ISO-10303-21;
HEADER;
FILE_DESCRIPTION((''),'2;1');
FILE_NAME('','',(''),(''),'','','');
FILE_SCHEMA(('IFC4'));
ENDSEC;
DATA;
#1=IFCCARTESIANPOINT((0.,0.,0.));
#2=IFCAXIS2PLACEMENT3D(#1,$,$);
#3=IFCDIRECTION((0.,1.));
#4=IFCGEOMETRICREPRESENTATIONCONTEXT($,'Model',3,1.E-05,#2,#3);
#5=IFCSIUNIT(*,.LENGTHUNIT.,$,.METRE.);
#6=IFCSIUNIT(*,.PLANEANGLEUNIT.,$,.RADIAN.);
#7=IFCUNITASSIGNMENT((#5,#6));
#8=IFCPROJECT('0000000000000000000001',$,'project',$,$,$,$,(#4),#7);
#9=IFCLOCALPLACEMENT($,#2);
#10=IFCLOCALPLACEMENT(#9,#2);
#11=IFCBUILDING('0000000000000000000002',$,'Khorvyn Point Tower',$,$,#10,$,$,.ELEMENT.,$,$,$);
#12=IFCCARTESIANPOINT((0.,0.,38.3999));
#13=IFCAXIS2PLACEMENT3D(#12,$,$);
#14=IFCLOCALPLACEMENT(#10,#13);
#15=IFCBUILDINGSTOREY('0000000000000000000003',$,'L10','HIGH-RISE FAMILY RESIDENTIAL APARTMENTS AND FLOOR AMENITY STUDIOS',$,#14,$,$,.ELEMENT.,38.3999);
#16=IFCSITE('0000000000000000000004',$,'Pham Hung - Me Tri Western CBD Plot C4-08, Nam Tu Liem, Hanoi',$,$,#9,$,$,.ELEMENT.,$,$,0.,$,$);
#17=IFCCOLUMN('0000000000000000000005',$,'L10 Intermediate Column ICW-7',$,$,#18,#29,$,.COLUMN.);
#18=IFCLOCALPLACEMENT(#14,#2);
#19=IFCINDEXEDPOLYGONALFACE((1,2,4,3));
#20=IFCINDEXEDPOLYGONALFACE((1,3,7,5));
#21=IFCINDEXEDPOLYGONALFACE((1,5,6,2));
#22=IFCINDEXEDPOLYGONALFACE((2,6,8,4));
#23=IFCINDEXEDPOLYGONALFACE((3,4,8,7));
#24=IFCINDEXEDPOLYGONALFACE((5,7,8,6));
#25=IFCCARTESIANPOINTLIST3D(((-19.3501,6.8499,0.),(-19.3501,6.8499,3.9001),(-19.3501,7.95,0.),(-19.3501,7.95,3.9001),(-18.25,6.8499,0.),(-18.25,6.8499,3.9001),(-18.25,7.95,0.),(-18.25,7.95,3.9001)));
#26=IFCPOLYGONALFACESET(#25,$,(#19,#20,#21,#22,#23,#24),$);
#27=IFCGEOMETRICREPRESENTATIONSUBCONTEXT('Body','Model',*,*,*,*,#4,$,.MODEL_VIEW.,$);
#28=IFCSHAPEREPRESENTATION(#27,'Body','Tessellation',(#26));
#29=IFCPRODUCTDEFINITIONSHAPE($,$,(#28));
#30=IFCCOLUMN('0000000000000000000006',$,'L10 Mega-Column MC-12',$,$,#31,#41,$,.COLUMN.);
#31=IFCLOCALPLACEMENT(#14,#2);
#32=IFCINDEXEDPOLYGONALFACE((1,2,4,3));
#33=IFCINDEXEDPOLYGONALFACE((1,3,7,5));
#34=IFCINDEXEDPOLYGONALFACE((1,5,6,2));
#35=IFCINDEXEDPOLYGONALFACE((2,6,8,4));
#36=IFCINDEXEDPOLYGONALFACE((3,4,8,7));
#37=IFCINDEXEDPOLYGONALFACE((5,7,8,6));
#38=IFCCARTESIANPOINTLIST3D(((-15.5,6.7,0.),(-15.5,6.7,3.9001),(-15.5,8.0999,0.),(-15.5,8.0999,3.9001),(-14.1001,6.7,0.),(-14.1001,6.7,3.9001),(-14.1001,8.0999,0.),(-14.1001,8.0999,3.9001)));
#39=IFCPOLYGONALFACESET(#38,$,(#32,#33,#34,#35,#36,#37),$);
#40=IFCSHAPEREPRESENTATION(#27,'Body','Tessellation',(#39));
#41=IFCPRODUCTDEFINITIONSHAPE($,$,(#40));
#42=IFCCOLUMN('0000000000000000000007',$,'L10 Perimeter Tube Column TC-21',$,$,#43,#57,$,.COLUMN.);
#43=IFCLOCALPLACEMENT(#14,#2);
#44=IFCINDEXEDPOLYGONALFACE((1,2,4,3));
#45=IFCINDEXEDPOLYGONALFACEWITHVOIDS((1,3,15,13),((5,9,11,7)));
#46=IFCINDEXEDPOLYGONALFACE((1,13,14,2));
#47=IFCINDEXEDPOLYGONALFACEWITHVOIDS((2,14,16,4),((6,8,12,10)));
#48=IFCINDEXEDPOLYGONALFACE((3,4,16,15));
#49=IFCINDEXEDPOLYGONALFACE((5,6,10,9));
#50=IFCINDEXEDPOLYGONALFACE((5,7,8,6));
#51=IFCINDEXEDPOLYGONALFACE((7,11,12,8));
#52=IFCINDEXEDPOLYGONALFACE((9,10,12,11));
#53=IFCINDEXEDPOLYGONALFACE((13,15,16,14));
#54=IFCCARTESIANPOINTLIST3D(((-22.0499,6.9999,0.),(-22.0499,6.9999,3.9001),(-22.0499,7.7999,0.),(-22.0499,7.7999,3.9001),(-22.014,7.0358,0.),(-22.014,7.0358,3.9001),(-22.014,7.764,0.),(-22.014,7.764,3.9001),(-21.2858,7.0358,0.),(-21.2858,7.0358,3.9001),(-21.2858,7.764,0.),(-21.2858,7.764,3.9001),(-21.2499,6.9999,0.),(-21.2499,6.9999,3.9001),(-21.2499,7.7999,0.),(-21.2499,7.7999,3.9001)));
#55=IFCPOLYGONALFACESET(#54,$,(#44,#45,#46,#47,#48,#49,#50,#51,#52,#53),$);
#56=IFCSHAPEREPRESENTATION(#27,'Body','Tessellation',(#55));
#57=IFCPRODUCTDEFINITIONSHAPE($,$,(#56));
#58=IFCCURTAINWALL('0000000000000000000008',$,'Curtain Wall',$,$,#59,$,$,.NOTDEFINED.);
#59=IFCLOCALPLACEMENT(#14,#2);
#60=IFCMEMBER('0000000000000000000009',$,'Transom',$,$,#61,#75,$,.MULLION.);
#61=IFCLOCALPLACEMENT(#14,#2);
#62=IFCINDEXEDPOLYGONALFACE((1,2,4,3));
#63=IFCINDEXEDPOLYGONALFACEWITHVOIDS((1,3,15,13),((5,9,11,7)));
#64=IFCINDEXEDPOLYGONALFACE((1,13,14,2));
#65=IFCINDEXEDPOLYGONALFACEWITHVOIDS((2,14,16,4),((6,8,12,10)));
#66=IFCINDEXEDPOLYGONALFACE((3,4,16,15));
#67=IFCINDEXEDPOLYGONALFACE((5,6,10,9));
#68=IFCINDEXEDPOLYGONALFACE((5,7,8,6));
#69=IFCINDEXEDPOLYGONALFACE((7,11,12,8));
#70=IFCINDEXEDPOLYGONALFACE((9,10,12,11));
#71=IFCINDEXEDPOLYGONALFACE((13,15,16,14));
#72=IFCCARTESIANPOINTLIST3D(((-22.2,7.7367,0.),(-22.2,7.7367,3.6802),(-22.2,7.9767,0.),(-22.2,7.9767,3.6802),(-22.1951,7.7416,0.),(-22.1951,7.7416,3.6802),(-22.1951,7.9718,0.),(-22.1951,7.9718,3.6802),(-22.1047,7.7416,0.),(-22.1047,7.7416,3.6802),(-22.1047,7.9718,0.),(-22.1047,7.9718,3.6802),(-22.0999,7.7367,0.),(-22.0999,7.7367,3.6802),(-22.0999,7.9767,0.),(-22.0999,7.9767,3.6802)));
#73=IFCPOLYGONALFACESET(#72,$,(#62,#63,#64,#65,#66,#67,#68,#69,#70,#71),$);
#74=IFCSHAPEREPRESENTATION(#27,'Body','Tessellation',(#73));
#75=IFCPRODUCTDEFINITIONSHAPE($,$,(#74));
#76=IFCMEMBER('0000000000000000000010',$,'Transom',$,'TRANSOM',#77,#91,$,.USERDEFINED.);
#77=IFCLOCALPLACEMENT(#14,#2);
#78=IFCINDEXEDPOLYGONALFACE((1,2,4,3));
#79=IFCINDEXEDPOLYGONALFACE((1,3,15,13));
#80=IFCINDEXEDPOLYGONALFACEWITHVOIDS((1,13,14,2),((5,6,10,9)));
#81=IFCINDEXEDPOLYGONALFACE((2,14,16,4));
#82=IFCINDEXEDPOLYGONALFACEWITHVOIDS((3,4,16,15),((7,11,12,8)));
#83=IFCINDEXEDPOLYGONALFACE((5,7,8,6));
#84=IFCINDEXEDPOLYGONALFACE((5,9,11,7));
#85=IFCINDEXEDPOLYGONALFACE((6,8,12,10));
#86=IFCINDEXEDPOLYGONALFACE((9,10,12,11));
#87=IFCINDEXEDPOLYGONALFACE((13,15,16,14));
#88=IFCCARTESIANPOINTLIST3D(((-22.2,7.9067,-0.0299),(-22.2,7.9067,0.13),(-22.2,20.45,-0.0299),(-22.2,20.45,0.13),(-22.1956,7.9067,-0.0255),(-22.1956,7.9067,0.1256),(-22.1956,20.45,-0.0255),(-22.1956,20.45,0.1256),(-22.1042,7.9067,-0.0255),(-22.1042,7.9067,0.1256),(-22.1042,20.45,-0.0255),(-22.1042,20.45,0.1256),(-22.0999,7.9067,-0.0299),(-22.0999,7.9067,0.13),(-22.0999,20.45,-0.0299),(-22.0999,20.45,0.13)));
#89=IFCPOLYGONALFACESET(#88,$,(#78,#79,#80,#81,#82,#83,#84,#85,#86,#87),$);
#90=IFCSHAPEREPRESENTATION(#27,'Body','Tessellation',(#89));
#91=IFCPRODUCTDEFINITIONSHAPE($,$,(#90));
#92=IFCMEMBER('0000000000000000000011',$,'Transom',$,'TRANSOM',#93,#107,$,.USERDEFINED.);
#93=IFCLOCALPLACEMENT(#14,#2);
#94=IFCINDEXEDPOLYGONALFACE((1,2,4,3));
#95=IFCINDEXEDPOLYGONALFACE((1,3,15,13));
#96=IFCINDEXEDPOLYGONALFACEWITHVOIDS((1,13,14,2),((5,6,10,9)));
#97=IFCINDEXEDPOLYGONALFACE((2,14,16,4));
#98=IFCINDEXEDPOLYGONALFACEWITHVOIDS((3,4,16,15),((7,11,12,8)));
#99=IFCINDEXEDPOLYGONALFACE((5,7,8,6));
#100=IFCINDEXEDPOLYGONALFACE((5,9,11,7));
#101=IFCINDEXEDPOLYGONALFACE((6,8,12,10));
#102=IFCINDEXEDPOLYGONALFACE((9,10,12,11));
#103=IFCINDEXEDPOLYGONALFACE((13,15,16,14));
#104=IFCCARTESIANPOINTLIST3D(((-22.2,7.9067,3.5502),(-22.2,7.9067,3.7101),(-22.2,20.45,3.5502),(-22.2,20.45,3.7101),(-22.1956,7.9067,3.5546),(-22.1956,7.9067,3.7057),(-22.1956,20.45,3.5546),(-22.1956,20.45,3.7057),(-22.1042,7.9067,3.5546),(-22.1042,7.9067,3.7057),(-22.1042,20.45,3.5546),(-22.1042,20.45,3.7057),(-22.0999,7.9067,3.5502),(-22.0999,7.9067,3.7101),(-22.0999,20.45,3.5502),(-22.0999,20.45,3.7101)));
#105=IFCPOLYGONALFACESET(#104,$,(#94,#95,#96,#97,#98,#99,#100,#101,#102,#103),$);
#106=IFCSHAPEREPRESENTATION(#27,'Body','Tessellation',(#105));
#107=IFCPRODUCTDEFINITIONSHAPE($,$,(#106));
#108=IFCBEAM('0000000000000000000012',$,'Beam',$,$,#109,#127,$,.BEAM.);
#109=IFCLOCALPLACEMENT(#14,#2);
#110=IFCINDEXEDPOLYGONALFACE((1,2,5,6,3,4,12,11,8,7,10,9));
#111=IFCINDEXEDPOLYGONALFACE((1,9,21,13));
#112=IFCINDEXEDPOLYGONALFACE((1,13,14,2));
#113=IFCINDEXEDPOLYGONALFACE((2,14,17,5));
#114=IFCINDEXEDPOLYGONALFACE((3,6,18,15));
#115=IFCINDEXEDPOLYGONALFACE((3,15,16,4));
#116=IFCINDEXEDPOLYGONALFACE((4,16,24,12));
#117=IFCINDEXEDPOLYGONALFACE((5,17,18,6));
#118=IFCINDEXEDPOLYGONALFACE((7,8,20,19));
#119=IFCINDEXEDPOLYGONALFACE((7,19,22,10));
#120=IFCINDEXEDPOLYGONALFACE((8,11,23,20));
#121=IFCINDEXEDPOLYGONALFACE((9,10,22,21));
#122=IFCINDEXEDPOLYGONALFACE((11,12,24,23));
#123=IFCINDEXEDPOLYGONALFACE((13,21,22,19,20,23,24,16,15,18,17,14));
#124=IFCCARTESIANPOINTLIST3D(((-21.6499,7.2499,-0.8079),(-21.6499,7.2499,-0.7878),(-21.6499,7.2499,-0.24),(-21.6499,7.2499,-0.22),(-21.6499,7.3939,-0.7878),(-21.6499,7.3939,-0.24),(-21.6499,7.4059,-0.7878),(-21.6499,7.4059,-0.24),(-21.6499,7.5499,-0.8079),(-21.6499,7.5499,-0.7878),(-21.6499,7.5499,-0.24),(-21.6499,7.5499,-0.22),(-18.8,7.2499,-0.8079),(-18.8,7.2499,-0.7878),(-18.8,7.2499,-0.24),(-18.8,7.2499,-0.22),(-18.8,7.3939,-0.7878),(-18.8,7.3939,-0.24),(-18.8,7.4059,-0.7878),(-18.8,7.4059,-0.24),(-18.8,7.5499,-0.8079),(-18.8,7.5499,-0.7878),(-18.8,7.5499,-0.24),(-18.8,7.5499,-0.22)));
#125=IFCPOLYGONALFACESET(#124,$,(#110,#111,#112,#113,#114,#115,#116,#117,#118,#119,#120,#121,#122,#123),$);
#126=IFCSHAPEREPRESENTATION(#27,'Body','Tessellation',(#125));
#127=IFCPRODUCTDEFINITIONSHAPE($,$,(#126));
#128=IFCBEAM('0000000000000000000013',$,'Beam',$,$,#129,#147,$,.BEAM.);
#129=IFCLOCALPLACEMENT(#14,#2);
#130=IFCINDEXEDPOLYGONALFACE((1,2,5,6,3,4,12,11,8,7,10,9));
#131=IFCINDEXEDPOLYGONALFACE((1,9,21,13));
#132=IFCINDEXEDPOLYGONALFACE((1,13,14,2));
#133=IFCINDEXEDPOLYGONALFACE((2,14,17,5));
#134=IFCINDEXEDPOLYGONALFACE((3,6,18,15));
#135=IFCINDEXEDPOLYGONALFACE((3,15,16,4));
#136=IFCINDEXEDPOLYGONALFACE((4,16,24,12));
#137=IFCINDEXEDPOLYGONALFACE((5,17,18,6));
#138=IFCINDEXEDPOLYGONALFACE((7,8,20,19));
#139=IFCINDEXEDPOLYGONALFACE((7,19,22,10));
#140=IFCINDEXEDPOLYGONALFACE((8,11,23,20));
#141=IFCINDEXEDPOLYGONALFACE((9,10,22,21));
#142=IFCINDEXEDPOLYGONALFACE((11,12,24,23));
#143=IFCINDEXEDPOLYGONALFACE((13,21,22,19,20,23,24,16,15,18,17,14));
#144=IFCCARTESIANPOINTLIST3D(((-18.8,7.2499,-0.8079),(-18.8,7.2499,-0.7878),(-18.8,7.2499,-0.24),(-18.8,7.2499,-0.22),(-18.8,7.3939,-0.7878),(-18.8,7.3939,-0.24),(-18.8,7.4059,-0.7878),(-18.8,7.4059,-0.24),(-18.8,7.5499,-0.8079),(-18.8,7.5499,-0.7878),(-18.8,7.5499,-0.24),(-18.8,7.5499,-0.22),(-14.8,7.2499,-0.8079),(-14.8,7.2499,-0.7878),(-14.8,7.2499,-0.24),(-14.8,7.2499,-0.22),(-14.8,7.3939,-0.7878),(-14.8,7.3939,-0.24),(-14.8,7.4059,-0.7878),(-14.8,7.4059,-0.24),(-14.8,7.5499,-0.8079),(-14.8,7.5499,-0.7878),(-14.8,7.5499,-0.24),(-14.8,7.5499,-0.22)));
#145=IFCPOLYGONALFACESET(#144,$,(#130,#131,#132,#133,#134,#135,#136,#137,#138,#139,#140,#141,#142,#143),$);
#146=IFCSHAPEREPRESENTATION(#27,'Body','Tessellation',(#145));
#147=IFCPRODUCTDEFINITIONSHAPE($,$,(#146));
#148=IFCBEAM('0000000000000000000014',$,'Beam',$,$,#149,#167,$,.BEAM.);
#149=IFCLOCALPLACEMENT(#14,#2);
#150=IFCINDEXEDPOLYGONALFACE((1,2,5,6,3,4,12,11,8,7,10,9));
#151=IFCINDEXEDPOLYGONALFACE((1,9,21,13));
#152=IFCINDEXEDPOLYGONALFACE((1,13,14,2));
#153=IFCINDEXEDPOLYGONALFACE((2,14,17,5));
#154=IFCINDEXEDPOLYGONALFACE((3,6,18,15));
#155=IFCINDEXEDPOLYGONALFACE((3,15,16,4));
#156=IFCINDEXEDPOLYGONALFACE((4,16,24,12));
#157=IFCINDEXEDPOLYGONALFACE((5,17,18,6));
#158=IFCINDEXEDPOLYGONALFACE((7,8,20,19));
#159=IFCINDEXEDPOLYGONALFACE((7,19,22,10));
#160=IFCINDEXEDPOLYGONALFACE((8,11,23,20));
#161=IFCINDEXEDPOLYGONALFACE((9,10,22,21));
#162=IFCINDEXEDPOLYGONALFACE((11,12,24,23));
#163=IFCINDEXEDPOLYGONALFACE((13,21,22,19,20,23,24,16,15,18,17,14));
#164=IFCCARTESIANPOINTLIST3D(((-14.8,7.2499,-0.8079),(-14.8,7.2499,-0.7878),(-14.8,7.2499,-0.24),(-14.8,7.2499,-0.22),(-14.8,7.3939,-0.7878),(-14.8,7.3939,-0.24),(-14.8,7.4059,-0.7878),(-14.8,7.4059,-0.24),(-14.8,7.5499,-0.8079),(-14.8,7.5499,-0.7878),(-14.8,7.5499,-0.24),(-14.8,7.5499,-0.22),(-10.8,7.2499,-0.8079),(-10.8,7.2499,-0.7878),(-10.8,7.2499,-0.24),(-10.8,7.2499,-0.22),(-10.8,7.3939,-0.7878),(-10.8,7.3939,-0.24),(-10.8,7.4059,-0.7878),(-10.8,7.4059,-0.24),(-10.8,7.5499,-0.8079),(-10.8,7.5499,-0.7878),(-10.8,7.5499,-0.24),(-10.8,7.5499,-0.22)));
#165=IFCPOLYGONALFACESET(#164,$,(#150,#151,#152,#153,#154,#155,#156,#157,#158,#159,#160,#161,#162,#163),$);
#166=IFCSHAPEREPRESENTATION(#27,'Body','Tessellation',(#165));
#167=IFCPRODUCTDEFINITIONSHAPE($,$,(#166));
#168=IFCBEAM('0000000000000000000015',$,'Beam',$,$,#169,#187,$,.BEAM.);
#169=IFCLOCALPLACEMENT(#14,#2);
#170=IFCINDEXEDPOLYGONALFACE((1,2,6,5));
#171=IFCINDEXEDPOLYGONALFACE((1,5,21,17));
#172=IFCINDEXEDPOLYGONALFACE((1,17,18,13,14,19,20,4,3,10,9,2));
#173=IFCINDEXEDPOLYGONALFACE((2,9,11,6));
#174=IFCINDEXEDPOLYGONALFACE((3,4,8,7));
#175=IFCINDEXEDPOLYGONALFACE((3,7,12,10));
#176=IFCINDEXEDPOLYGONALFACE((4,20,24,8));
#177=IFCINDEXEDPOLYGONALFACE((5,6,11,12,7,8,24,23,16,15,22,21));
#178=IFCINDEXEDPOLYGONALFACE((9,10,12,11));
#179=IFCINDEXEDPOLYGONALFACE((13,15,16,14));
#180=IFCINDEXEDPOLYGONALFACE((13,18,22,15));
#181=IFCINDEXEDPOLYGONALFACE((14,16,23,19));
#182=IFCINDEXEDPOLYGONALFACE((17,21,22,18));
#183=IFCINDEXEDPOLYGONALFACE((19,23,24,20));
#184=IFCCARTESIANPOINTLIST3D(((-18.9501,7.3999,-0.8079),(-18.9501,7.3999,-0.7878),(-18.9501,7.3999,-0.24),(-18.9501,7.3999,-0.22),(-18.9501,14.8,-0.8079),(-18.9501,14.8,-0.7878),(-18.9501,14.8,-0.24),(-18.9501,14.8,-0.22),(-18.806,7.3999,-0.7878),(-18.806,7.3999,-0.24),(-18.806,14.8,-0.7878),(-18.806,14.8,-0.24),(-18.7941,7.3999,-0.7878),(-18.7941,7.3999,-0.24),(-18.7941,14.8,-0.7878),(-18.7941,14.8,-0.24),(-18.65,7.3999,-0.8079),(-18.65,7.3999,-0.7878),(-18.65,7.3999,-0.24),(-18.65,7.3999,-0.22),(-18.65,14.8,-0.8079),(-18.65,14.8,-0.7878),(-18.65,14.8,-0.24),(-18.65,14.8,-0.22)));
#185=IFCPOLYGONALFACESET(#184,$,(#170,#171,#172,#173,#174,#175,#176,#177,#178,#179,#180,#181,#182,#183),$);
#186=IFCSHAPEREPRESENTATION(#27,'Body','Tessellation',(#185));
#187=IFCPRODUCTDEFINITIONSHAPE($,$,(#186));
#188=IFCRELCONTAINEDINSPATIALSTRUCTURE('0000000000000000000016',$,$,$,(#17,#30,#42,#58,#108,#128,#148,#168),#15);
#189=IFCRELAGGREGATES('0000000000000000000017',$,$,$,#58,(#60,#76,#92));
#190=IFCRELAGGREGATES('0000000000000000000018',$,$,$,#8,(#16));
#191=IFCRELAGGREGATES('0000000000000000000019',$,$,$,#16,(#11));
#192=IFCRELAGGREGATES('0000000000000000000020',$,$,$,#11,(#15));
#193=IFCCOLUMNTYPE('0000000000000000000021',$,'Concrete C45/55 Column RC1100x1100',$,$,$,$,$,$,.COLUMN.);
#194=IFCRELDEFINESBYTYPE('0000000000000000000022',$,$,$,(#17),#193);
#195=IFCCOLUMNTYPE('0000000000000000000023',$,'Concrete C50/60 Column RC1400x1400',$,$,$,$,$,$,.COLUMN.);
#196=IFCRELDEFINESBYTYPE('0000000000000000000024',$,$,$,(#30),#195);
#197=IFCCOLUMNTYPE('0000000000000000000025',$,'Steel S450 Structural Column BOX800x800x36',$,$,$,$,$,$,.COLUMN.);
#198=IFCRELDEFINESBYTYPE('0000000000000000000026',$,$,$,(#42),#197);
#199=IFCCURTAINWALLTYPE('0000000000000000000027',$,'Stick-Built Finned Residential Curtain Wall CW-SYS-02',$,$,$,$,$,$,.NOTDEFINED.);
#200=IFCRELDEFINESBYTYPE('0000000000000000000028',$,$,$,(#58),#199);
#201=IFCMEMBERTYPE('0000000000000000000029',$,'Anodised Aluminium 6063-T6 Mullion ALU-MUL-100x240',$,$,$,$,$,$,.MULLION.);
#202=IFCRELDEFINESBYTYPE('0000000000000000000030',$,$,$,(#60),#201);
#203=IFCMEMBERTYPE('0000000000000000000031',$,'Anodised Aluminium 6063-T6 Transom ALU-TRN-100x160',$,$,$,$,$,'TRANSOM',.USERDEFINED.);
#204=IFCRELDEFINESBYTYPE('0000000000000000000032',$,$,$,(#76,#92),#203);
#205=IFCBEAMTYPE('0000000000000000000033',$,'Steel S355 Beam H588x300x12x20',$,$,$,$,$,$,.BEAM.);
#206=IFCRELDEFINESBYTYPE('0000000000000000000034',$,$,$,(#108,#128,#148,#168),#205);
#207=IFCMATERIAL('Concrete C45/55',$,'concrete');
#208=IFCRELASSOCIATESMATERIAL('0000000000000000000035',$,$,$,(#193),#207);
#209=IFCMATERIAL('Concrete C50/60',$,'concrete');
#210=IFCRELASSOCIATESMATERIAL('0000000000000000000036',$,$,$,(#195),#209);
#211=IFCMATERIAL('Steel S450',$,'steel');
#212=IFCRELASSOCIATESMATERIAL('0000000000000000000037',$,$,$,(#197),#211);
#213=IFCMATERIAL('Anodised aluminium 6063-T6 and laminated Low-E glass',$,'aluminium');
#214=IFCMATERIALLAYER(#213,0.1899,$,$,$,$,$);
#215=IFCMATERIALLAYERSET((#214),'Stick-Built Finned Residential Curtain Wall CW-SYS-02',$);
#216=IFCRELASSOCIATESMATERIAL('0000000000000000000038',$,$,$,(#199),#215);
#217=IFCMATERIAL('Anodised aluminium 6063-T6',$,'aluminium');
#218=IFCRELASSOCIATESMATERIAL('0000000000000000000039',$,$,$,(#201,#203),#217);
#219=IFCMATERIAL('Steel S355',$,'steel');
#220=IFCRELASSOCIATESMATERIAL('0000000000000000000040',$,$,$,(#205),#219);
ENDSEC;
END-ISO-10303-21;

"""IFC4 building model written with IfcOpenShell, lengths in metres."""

from ifc_helpers import new_model, si_unit, direction, frame, origin, origin_2d, place, context, subcontext, project, spatial, rectangle, hollow_rectangle, i_section, extrude, material, layer, layer_set, material_profile, profile_set, type_object, element, aggregate, save


model = new_model("IFC4")

# Units and contexts
model_context = context("Model", 3, precision=1e-05, world=origin(), true_north=direction((0.0, 1.0)))
body_context = subcontext(model_context, "Body", "Model", "MODEL_VIEW")
ifc_project = project(units=[si_unit("LENGTHUNIT", "METRE"), si_unit("PLANEANGLEUNIT", "RADIAN")], contexts=[model_context])

# Site, building, storey
site_placement = place(None, origin())
site = spatial("IfcSite", under=ifc_project, at=site_placement, Name="Pham Hung - Me Tri Western CBD Plot C4-08, Nam Tu Liem, Hanoi", CompositionType="ELEMENT", RefElevation=0.0)
building_placement = place(site_placement, origin())
building = spatial("IfcBuilding", under=site, at=building_placement, Name="Khorvyn Point Tower", CompositionType="ELEMENT")
storey_placement = place(building_placement, frame((0.0, 0.0, 38.3999)))
storey = spatial("IfcBuildingStorey", under=building, at=storey_placement, Name="L10", Description="HIGH-RISE FAMILY RESIDENTIAL APARTMENTS AND FLOOR AMENITY STUDIOS", CompositionType="ELEMENT", Elevation=38.3999)

# Columns
ifc_material_1 = material(Name="Concrete C45/55", Category="concrete")
ifc_material_profile_1 = material_profile(ifc_material_1, rectangle(XDim=1.1001, YDim=1.1001, at=origin_2d()))
ifc_profile_set_1 = profile_set([ifc_material_profile_1], Name="Concrete C45/55 RC1100x1100")
column_type_1 = type_object("IfcColumnType", Name="Concrete C45/55 Column RC1100x1100", PredefinedType="COLUMN", material=ifc_profile_set_1)
column_1_placement = place(storey_placement, frame((-18.8, 7.3999, 0.0), z_axis=(0.0, 0.0, 1.0), x_axis=(1.0, 0.0, 0.0)))
element("IfcColumn", 1, at=column_1_placement, inside=storey, type_object=column_type_1, Name="L10 Intermediate Column ICW-7", PredefinedType="COLUMN", context=body_context, shape_type="SweptSolid", body=[
    extrude(rectangle(XDim=1.1001, YDim=1.1001, at=origin_2d()), origin(), (0.0, 0.0, 1.0), 3.9001),
])
ifc_material_2 = material(Name="Concrete C50/60", Category="concrete")
ifc_material_profile_2 = material_profile(ifc_material_2, rectangle(XDim=1.3999, YDim=1.3999, at=origin_2d()))
ifc_profile_set_2 = profile_set([ifc_material_profile_2], Name="Concrete C50/60 RC1400x1400")
column_type_2 = type_object("IfcColumnType", Name="Concrete C50/60 Column RC1400x1400", PredefinedType="COLUMN", material=ifc_profile_set_2)
column_2_placement = place(storey_placement, frame((-14.8, 7.3999, 0.0), z_axis=(0.0, 0.0, 1.0), x_axis=(1.0, 0.0, 0.0)))
element("IfcColumn", 2, at=column_2_placement, inside=storey, type_object=column_type_2, Name="L10 Mega-Column MC-12", PredefinedType="COLUMN", context=body_context, shape_type="SweptSolid", body=[
    extrude(rectangle(XDim=1.3999, YDim=1.3999, at=origin_2d()), origin(), (0.0, 0.0, 1.0), 3.9001),
])
ifc_material_3 = material(Name="Steel S450", Category="steel")
ifc_material_profile_3 = material_profile(ifc_material_3, hollow_rectangle(XDim=0.8, YDim=0.8, WallThickness=0.0359, at=origin_2d()))
ifc_profile_set_3 = profile_set([ifc_material_profile_3], Name="Steel S450 BOX800x800x36")
column_type_3 = type_object("IfcColumnType", Name="Steel S450 Structural Column BOX800x800x36", PredefinedType="COLUMN", material=ifc_profile_set_3)
column_3_placement = place(storey_placement, frame((-21.6499, 7.3999, 0.0), z_axis=(0.0, 0.0, 1.0), x_axis=(1.0, 0.0, 0.0)))
element("IfcColumn", 3, at=column_3_placement, inside=storey, type_object=column_type_3, Name="L10 Perimeter Tube Column TC-21", PredefinedType="COLUMN", context=body_context, shape_type="SweptSolid", body=[
    extrude(hollow_rectangle(XDim=0.8, YDim=0.8, WallThickness=0.0359, at=origin_2d()), origin(), (0.0, 0.0, 1.0), 3.9001),
])

# Curtain wall, members
ifc_material_4 = material(Name="Anodised aluminium 6063-T6 and laminated Low-E glass", Category="aluminium")
ifc_layer_1 = layer(ifc_material_4, 0.1899)
ifc_layer_set_1 = layer_set([ifc_layer_1], Name="Stick-Built Finned Residential Curtain Wall CW-SYS-02")
curtain_wall_type = type_object("IfcCurtainWallType", Name="Stick-Built Finned Residential Curtain Wall CW-SYS-02", PredefinedType="NOTDEFINED", material=ifc_layer_set_1)
curtain_wall_placement = place(storey_placement, origin())
curtain_wall = element("IfcCurtainWall", 4, at=curtain_wall_placement, inside=storey, type_object=curtain_wall_type, Name="Curtain Wall", PredefinedType="NOTDEFINED")
ifc_material_5 = material(Name="Anodised aluminium 6063-T6", Category="aluminium")
ifc_material_profile_4 = material_profile(ifc_material_5, hollow_rectangle(XDim=0.1001, YDim=0.24, WallThickness=0.0049, at=origin_2d()))
ifc_profile_set_4 = profile_set([ifc_material_profile_4], Name="Anodised aluminium 6063-T6 ALU-MUL-100x240")
member_type_1 = type_object("IfcMemberType", Name="Anodised Aluminium 6063-T6 Mullion ALU-MUL-100x240", PredefinedType="MULLION", material=ifc_profile_set_4)
member_1_placement = place(storey_placement, frame((-22.1499, 7.8567, 0.0), z_axis=(0.0, 0.0, 1.0), x_axis=(-1.0, 0.0, 0.0)))
member_1 = element("IfcMember", 5, at=member_1_placement, type_object=member_type_1, Name="Transom", PredefinedType="MULLION", context=body_context, shape_type="SweptSolid", body=[
    extrude(hollow_rectangle(XDim=0.1001, YDim=0.24, WallThickness=0.0049, at=origin_2d()), origin(), (0.0, 0.0, 1.0), 3.6802),
])
ifc_material_profile_5 = material_profile(ifc_material_5, hollow_rectangle(XDim=0.1001, YDim=0.1599, WallThickness=0.0044, at=origin_2d()))
ifc_profile_set_5 = profile_set([ifc_material_profile_5], Name="Anodised aluminium 6063-T6 ALU-TRN-100x160")
member_type_2 = type_object("IfcMemberType", Name="Anodised Aluminium 6063-T6 Transom ALU-TRN-100x160", ElementType="TRANSOM", PredefinedType="USERDEFINED", material=ifc_profile_set_5)
member_2_placement = place(storey_placement, frame((-22.1499, 7.9067, 0.05), z_axis=(0.0, 1.0, 0.0), x_axis=(-1.0, 0.0, 0.0)))
member_2 = element("IfcMember", 6, at=member_2_placement, type_object=member_type_2, Name="Transom", ObjectType="TRANSOM", PredefinedType="USERDEFINED", context=body_context, shape_type="SweptSolid", body=[
    extrude(hollow_rectangle(XDim=0.1001, YDim=0.1599, WallThickness=0.0044, at=origin_2d()), origin(), (0.0, 0.0, 1.0), 12.5432),
])
member_3_placement = place(storey_placement, frame((-22.1499, 7.9067, 3.6301), z_axis=(0.0, 1.0, 0.0), x_axis=(-1.0, 0.0, 0.0)))
member_3 = element("IfcMember", 7, at=member_3_placement, type_object=member_type_2, Name="Transom", ObjectType="TRANSOM", PredefinedType="USERDEFINED", context=body_context, shape_type="SweptSolid", body=[
    extrude(hollow_rectangle(XDim=0.1001, YDim=0.1599, WallThickness=0.0044, at=origin_2d()), origin(), (0.0, 0.0, 1.0), 12.5432),
])

# Beams
ifc_material_6 = material(Name="Steel S355", Category="steel")
ifc_material_profile_6 = material_profile(ifc_material_6, i_section(OverallWidth=0.3, OverallDepth=0.5879, WebThickness=0.012, FlangeThickness=0.02, at=origin_2d()))
ifc_profile_set_6 = profile_set([ifc_material_profile_6], Name="Steel S355 H588x300x12x20")
beam_type_1 = type_object("IfcBeamType", Name="Steel S355 Beam H588x300x12x20", PredefinedType="BEAM", material=ifc_profile_set_6)
beam_1_placement = place(storey_placement, frame((-21.6499, 7.3999, -0.5139), z_axis=(1.0, 0.0, 0.0), x_axis=(0.0, 1.0, 0.0)))
element("IfcBeam", 8, at=beam_1_placement, inside=storey, type_object=beam_type_1, Name="Beam", PredefinedType="BEAM", context=body_context, shape_type="SweptSolid", body=[
    extrude(i_section(OverallWidth=0.3, OverallDepth=0.5879, WebThickness=0.012, FlangeThickness=0.02, at=origin_2d()), origin(), (0.0, 0.0, 1.0), 2.8499),
])
for number, where, z_axis, x_axis, name in (
    (9, (-18.8, 7.3999, -0.5139), (1.0, 0.0, 0.0), (0.0, 1.0, 0.0), "Beam"),
    (10, (-14.8, 7.3999, -0.5139), (1.0, 0.0, 0.0), (0.0, 1.0, 0.0), "Beam"),
):
    element("IfcBeam", number, at=place(storey_placement, frame(where, z_axis=z_axis, x_axis=x_axis)), inside=storey, type_object=beam_type_1, Name=name, PredefinedType="BEAM", context=body_context, shape_type="SweptSolid", body=[
        extrude(i_section(OverallWidth=0.3, OverallDepth=0.5879, WebThickness=0.012, FlangeThickness=0.02, at=origin_2d()), origin(), (0.0, 0.0, 1.0), 4.0),
    ])
beam_2_placement = place(storey_placement, frame((-18.8, 7.3999, -0.5139), z_axis=(0.0, 1.0, 0.0), x_axis=(-1.0, 0.0, 0.0)))
element("IfcBeam", 11, at=beam_2_placement, inside=storey, type_object=beam_type_1, Name="Beam", PredefinedType="BEAM", context=body_context, shape_type="SweptSolid", body=[
    extrude(i_section(OverallWidth=0.3, OverallDepth=0.5879, WebThickness=0.012, FlangeThickness=0.02, at=origin_2d()), origin(), (0.0, 0.0, 1.0), 7.4001),
])

aggregate(curtain_wall, [member_1, member_2, member_3])

save(model, "model.ifc")
